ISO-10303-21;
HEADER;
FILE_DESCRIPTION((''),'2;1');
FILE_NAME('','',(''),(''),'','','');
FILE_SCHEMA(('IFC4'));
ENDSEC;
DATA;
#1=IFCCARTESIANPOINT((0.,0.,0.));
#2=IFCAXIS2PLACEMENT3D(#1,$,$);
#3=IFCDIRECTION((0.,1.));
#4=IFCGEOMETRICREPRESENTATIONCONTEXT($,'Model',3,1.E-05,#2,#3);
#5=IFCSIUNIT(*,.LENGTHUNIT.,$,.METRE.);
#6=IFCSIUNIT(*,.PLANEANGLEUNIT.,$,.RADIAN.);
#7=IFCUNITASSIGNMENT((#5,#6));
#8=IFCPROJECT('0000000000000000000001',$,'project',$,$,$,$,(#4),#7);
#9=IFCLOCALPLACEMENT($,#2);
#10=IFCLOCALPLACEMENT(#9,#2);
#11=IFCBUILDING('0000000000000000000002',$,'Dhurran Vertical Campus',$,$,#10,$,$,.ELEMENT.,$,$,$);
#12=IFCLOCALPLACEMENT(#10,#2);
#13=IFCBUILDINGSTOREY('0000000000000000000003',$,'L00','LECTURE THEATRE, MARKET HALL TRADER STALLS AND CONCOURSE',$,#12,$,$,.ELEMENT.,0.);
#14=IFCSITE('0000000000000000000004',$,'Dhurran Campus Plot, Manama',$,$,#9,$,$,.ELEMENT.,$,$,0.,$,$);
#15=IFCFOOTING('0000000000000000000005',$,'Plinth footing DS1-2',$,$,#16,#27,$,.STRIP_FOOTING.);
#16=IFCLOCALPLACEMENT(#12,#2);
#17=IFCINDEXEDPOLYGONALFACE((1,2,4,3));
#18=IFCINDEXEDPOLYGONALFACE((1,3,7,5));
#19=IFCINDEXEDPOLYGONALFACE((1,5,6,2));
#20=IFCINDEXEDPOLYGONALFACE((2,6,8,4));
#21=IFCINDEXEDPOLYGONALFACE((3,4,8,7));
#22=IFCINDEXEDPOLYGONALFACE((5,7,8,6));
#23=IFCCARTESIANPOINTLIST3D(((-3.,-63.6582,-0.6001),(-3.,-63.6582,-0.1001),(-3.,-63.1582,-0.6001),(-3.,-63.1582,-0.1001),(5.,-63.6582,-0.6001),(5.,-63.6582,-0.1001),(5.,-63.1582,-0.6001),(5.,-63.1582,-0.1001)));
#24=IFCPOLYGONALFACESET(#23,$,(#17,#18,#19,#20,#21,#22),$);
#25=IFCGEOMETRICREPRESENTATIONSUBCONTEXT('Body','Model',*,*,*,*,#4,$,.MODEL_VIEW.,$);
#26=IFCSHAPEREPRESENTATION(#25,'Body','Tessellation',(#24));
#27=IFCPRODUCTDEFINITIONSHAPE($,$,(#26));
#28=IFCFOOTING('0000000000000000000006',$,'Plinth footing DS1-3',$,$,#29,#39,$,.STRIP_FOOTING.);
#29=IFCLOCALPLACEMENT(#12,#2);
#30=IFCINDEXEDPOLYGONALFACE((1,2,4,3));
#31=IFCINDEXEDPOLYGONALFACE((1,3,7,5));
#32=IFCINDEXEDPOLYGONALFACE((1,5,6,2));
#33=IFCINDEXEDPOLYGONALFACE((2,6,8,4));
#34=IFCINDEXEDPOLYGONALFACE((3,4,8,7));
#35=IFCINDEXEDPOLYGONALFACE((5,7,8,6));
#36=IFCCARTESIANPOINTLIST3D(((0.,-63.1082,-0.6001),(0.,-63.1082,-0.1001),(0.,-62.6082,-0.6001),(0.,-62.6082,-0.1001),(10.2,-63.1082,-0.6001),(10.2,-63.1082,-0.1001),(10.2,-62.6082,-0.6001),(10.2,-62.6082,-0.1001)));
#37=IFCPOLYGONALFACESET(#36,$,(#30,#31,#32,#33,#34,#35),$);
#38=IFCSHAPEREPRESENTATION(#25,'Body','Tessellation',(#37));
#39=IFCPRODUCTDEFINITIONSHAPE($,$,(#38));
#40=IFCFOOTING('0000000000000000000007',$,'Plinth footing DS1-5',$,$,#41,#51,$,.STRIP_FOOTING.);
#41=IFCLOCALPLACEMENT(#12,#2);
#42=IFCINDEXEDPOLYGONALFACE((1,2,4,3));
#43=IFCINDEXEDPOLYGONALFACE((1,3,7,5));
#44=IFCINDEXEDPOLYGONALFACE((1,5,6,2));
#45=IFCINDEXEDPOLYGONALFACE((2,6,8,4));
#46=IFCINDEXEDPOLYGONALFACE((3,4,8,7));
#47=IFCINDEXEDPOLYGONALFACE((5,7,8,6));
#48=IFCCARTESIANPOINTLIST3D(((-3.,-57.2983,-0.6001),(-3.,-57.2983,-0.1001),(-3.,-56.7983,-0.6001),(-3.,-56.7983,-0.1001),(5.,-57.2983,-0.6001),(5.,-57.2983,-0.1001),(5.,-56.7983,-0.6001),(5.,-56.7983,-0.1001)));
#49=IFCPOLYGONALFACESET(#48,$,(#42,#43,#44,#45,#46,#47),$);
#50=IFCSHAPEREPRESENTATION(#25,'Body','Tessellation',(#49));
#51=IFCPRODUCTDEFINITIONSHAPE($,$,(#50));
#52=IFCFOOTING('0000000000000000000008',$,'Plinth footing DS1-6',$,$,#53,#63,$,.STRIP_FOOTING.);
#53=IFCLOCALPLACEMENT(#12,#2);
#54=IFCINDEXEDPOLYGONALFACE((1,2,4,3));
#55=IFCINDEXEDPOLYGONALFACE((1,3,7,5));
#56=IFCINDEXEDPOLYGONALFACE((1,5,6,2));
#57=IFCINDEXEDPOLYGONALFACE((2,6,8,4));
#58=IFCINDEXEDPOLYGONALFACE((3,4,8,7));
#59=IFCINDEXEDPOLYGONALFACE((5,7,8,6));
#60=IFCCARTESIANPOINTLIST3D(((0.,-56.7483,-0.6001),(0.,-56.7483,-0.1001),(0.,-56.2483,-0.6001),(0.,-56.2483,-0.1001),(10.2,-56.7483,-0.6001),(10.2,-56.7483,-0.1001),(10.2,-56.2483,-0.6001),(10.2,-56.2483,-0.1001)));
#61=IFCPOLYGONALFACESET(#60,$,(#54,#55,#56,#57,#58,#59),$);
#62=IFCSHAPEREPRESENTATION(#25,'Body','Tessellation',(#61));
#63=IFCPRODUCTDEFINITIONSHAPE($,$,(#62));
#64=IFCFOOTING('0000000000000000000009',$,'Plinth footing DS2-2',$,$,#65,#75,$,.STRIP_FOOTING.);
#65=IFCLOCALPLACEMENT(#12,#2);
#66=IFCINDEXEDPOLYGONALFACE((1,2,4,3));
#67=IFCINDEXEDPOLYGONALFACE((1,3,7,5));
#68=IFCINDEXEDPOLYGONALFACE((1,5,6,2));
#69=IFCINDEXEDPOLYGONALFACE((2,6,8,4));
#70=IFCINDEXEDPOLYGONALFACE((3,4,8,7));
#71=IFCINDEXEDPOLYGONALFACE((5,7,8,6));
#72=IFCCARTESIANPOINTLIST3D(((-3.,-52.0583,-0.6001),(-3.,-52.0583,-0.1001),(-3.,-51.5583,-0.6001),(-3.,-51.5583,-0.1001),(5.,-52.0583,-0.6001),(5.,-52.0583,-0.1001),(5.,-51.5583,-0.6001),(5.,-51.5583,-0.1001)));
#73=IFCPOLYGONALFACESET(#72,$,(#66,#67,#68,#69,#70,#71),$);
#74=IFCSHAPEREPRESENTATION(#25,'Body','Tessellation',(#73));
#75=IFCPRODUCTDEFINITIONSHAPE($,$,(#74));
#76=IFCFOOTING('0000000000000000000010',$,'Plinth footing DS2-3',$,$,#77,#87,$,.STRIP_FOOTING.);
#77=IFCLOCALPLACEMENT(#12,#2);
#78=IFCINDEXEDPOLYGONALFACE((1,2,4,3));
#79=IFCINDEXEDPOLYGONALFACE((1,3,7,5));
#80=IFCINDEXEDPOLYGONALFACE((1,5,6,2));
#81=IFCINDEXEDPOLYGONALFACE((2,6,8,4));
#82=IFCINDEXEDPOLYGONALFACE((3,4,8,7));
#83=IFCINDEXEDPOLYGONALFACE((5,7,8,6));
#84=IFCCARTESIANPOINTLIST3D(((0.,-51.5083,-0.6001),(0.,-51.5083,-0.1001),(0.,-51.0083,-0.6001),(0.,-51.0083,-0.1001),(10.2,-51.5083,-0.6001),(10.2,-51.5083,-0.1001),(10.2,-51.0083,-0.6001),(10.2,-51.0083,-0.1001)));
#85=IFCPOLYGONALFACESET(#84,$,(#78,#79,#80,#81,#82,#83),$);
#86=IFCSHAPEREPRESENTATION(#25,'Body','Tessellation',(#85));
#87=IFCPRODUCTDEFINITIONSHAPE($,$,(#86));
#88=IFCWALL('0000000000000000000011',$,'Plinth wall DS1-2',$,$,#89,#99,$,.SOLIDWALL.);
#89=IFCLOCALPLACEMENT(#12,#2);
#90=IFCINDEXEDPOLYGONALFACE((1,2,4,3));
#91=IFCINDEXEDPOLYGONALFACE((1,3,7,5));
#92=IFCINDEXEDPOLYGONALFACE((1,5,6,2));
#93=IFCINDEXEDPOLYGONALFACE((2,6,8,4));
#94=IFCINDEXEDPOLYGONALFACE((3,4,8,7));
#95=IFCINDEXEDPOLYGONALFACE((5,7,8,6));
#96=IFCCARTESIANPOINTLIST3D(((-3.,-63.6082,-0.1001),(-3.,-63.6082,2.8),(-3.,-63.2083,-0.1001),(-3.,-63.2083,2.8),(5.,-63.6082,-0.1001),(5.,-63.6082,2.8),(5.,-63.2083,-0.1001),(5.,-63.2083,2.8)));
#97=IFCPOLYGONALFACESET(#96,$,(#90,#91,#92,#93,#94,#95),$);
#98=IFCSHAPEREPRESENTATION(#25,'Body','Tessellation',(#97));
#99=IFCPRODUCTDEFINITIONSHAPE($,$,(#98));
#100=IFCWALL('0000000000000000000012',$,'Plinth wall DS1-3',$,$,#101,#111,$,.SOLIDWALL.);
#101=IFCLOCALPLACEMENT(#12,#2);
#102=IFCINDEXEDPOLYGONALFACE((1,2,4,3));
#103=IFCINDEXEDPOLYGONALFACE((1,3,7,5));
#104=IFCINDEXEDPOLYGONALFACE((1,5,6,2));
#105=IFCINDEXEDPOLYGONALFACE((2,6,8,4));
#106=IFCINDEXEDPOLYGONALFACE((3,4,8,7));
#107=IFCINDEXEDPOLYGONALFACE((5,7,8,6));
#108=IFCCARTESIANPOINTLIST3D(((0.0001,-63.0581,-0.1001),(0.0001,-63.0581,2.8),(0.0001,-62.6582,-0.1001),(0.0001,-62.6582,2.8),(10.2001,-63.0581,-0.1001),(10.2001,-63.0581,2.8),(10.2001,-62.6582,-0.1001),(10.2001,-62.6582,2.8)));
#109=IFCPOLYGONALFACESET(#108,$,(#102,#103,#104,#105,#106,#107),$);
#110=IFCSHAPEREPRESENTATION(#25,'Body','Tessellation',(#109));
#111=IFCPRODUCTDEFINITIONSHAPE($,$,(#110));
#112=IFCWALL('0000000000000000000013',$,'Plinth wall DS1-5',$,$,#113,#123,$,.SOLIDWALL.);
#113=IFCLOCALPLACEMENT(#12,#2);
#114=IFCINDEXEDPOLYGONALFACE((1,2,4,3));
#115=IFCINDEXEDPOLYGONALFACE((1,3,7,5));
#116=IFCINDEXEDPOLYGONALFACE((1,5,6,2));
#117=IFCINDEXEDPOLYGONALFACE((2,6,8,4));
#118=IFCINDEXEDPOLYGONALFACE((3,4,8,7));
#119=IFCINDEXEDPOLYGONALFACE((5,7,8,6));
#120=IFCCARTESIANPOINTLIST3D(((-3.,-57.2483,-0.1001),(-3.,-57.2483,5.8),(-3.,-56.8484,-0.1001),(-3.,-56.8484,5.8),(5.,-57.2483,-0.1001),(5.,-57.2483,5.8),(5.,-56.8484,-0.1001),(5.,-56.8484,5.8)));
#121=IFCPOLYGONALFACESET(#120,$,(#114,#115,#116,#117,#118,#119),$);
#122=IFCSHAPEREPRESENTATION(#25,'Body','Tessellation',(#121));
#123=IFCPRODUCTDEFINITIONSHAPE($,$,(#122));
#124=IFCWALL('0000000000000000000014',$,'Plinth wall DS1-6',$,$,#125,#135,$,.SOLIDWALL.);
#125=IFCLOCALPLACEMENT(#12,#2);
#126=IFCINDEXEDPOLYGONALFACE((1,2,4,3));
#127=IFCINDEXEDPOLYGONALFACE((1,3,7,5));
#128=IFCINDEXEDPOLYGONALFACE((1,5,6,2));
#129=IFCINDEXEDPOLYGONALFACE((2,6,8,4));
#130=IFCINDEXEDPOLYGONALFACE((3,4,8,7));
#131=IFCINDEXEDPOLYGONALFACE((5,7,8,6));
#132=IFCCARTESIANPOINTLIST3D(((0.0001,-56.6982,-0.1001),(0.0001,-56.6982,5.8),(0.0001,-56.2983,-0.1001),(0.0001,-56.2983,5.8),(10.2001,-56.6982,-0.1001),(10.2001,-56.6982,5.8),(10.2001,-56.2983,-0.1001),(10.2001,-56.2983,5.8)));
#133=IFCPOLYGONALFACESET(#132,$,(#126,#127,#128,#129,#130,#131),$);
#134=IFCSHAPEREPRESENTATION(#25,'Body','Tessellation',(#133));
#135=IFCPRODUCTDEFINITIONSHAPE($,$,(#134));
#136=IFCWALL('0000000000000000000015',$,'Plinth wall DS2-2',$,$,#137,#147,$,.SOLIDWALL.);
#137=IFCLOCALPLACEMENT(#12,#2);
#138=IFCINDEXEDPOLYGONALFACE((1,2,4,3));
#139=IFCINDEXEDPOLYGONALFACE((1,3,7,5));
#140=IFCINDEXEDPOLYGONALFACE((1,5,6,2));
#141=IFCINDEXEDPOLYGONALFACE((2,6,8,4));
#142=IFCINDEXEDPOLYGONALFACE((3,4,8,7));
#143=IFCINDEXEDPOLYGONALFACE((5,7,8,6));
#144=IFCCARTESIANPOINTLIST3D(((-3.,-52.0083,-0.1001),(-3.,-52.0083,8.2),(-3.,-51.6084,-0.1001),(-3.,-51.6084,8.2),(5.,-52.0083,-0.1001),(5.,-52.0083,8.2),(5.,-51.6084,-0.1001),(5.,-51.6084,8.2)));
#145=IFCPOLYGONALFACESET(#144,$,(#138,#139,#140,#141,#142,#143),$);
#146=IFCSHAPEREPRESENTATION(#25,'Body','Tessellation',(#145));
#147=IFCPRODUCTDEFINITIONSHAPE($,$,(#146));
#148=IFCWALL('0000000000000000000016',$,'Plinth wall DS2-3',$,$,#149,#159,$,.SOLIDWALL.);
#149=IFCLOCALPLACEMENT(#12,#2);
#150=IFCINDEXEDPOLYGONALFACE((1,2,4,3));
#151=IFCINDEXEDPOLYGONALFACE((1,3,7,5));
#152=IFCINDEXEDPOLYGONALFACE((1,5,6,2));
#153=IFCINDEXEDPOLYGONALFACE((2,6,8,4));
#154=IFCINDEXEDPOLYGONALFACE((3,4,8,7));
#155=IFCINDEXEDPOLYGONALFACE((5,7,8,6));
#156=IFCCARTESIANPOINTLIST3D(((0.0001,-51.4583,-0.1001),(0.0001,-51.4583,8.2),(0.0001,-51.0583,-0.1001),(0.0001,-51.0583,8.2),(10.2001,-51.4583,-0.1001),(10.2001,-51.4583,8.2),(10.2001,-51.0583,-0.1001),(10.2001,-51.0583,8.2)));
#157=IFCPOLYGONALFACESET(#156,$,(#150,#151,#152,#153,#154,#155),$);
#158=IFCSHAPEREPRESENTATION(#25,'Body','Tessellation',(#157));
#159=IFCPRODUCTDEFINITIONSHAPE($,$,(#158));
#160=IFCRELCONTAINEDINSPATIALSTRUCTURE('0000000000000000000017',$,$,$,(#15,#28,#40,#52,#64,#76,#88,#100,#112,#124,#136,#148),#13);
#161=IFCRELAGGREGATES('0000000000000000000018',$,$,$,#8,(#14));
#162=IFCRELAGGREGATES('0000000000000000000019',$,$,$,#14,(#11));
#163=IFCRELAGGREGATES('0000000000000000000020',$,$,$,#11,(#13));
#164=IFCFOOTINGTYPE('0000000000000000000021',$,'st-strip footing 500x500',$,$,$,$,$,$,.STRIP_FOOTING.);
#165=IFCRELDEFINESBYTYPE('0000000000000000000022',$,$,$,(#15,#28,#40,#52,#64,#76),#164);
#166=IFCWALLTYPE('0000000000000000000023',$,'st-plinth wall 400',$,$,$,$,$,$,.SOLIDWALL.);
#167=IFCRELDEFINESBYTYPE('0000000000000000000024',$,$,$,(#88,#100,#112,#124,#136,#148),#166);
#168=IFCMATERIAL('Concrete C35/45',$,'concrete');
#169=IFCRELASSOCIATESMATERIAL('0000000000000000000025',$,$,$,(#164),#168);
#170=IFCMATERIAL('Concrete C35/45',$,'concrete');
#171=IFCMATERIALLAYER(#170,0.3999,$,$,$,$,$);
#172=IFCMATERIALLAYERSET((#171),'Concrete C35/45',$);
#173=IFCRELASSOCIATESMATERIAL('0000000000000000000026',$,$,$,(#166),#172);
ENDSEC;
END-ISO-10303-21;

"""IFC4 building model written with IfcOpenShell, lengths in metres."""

from ifc_helpers import new_model, si_unit, direction, frame, frame_2d, origin, origin_2d, place, context, subcontext, project, spatial, rectangle, extrude, material, layer, layer_set, material_profile, profile_set, type_object, element, save


model = new_model("IFC4")

# Units and contexts
model_context = context("Model", 3, precision=1e-05, world=origin(), true_north=direction((0.0, 1.0)))
body_context = subcontext(model_context, "Body", "Model", "MODEL_VIEW")
ifc_project = project(units=[si_unit("LENGTHUNIT", "METRE"), si_unit("PLANEANGLEUNIT", "RADIAN")], contexts=[model_context])

# Site, building, storey
site_placement = place(None, origin())
site = spatial("IfcSite", under=ifc_project, at=site_placement, Name="Dhurran Campus Plot, Manama", CompositionType="ELEMENT", RefElevation=0.0)
building_placement = place(site_placement, origin())
building = spatial("IfcBuilding", under=site, at=building_placement, Name="Dhurran Vertical Campus", CompositionType="ELEMENT")
storey_placement = place(building_placement, origin())
storey = spatial("IfcBuildingStorey", under=building, at=storey_placement, Name="L00", Description="LECTURE THEATRE, MARKET HALL TRADER STALLS AND CONCOURSE", CompositionType="ELEMENT", Elevation=0.0)

# Footings
ifc_material_1 = material(Name="Concrete C35/45", Category="concrete")
ifc_material_profile_1 = material_profile(ifc_material_1, rectangle(XDim=0.5, YDim=0.5, at=origin_2d()), Name="st-strip footing 500x500")
ifc_profile_set_1 = profile_set([ifc_material_profile_1], Name="Concrete C35/45")
footing_type = type_object("IfcFootingType", Name="st-strip footing 500x500", PredefinedType="STRIP_FOOTING", material=ifc_profile_set_1)
footing_1_placement = place(storey_placement, frame((-3.0, -63.4082, -0.3501), z_axis=(1.0, 0.0, 0.0), x_axis=(0.0, 1.0, 0.0)))
element("IfcFooting", 1, at=footing_1_placement, inside=storey, type_object=footing_type, Name="Plinth footing DS1-2", PredefinedType="STRIP_FOOTING", context=body_context, shape_type="SweptSolid", body=[
    extrude(rectangle(XDim=0.5, YDim=0.5, at=origin_2d()), origin(), (0.0, 0.0, 1.0), 8.0),
])
footing_2_placement = place(storey_placement, frame((0.0, -62.8582, -0.3501), z_axis=(1.0, 0.0, 0.0), x_axis=(0.0, 1.0, 0.0)))
element("IfcFooting", 2, at=footing_2_placement, inside=storey, type_object=footing_type, Name="Plinth footing DS1-3", PredefinedType="STRIP_FOOTING", context=body_context, shape_type="SweptSolid", body=[
    extrude(rectangle(XDim=0.5, YDim=0.5, at=origin_2d()), origin(), (0.0, 0.0, 1.0), 10.2),
])
footing_3_placement = place(storey_placement, frame((-3.0, -57.0483, -0.3501), z_axis=(1.0, 0.0, 0.0), x_axis=(0.0, 1.0, 0.0)))
element("IfcFooting", 3, at=footing_3_placement, inside=storey, type_object=footing_type, Name="Plinth footing DS1-5", PredefinedType="STRIP_FOOTING", context=body_context, shape_type="SweptSolid", body=[
    extrude(rectangle(XDim=0.5, YDim=0.5, at=origin_2d()), origin(), (0.0, 0.0, 1.0), 8.0),
])
footing_4_placement = place(storey_placement, frame((0.0, -56.4983, -0.3501), z_axis=(1.0, 0.0, 0.0), x_axis=(0.0, 1.0, 0.0)))
element("IfcFooting", 4, at=footing_4_placement, inside=storey, type_object=footing_type, Name="Plinth footing DS1-6", PredefinedType="STRIP_FOOTING", context=body_context, shape_type="SweptSolid", body=[
    extrude(rectangle(XDim=0.5, YDim=0.5, at=origin_2d()), origin(), (0.0, 0.0, 1.0), 10.2),
])
footing_5_placement = place(storey_placement, frame((-3.0, -51.8083, -0.3501), z_axis=(1.0, 0.0, 0.0), x_axis=(0.0, 1.0, 0.0)))
element("IfcFooting", 5, at=footing_5_placement, inside=storey, type_object=footing_type, Name="Plinth footing DS2-2", PredefinedType="STRIP_FOOTING", context=body_context, shape_type="SweptSolid", body=[
    extrude(rectangle(XDim=0.5, YDim=0.5, at=origin_2d()), origin(), (0.0, 0.0, 1.0), 8.0),
])
footing_6_placement = place(storey_placement, frame((0.0, -51.2583, -0.3501), z_axis=(1.0, 0.0, 0.0), x_axis=(0.0, 1.0, 0.0)))
element("IfcFooting", 6, at=footing_6_placement, inside=storey, type_object=footing_type, Name="Plinth footing DS2-3", PredefinedType="STRIP_FOOTING", context=body_context, shape_type="SweptSolid", body=[
    extrude(rectangle(XDim=0.5, YDim=0.5, at=origin_2d()), origin(), (0.0, 0.0, 1.0), 10.2),
])

# Walls
ifc_material_2 = material(Name="Concrete C35/45", Category="concrete")
ifc_layer_1 = layer(ifc_material_2, 0.3999)
ifc_layer_set_1 = layer_set([ifc_layer_1], Name="Concrete C35/45")
wall_type = type_object("IfcWallType", Name="st-plinth wall 400", PredefinedType="SOLIDWALL", material=ifc_layer_set_1)
wall_1_placement = place(storey_placement, frame((-3.0, -63.4082, -0.1001), z_axis=(0.0, 0.0, 1.0), x_axis=(1.0, 0.0, 0.0)))
element("IfcWall", 7, at=wall_1_placement, inside=storey, type_object=wall_type, Name="Plinth wall DS1-2", PredefinedType="SOLIDWALL", context=body_context, shape_type="SweptSolid", body=[
    extrude(rectangle(XDim=8.0, YDim=0.3999, at=frame_2d((4.0, 0.0))), origin(), (0.0, 0.0, 1.0), 2.9001),
])
wall_2_placement = place(storey_placement, frame((0.0, -62.8582, -0.1001), z_axis=(0.0, 0.0, 1.0), x_axis=(1.0, 0.0, 0.0)))
element("IfcWall", 8, at=wall_2_placement, inside=storey, type_object=wall_type, Name="Plinth wall DS1-3", PredefinedType="SOLIDWALL", context=body_context, shape_type="SweptSolid", body=[
    extrude(rectangle(XDim=10.2, YDim=0.3999, at=frame_2d((5.1001, 0.0))), origin(), (0.0, 0.0, 1.0), 2.9001),
])
wall_3_placement = place(storey_placement, frame((-3.0, -57.0483, -0.1001), z_axis=(0.0, 0.0, 1.0), x_axis=(1.0, 0.0, 0.0)))
element("IfcWall", 9, at=wall_3_placement, inside=storey, type_object=wall_type, Name="Plinth wall DS1-5", PredefinedType="SOLIDWALL", context=body_context, shape_type="SweptSolid", body=[
    extrude(rectangle(XDim=8.0, YDim=0.3999, at=frame_2d((4.0, 0.0))), origin(), (0.0, 0.0, 1.0), 5.9001),
])
wall_4_placement = place(storey_placement, frame((0.0, -56.4983, -0.1001), z_axis=(0.0, 0.0, 1.0), x_axis=(1.0, 0.0, 0.0)))
element("IfcWall", 10, at=wall_4_placement, inside=storey, type_object=wall_type, Name="Plinth wall DS1-6", PredefinedType="SOLIDWALL", context=body_context, shape_type="SweptSolid", body=[
    extrude(rectangle(XDim=10.2, YDim=0.3999, at=frame_2d((5.1001, 0.0))), origin(), (0.0, 0.0, 1.0), 5.9001),
])
wall_5_placement = place(storey_placement, frame((-3.0, -51.8083, -0.1001), z_axis=(0.0, 0.0, 1.0), x_axis=(1.0, 0.0, 0.0)))
element("IfcWall", 11, at=wall_5_placement, inside=storey, type_object=wall_type, Name="Plinth wall DS2-2", PredefinedType="SOLIDWALL", context=body_context, shape_type="SweptSolid", body=[
    extrude(rectangle(XDim=8.0, YDim=0.3999, at=frame_2d((4.0, 0.0))), origin(), (0.0, 0.0, 1.0), 8.3),
])
wall_6_placement = place(storey_placement, frame((0.0, -51.2583, -0.1001), z_axis=(0.0, 0.0, 1.0), x_axis=(1.0, 0.0, 0.0)))
element("IfcWall", 12, at=wall_6_placement, inside=storey, type_object=wall_type, Name="Plinth wall DS2-3", PredefinedType="SOLIDWALL", context=body_context, shape_type="SweptSolid", body=[
    extrude(rectangle(XDim=10.2, YDim=0.3999, at=frame_2d((5.1001, 0.0))), origin(), (0.0, 0.0, 1.0), 8.3),
])

save(model, "model.ifc")
